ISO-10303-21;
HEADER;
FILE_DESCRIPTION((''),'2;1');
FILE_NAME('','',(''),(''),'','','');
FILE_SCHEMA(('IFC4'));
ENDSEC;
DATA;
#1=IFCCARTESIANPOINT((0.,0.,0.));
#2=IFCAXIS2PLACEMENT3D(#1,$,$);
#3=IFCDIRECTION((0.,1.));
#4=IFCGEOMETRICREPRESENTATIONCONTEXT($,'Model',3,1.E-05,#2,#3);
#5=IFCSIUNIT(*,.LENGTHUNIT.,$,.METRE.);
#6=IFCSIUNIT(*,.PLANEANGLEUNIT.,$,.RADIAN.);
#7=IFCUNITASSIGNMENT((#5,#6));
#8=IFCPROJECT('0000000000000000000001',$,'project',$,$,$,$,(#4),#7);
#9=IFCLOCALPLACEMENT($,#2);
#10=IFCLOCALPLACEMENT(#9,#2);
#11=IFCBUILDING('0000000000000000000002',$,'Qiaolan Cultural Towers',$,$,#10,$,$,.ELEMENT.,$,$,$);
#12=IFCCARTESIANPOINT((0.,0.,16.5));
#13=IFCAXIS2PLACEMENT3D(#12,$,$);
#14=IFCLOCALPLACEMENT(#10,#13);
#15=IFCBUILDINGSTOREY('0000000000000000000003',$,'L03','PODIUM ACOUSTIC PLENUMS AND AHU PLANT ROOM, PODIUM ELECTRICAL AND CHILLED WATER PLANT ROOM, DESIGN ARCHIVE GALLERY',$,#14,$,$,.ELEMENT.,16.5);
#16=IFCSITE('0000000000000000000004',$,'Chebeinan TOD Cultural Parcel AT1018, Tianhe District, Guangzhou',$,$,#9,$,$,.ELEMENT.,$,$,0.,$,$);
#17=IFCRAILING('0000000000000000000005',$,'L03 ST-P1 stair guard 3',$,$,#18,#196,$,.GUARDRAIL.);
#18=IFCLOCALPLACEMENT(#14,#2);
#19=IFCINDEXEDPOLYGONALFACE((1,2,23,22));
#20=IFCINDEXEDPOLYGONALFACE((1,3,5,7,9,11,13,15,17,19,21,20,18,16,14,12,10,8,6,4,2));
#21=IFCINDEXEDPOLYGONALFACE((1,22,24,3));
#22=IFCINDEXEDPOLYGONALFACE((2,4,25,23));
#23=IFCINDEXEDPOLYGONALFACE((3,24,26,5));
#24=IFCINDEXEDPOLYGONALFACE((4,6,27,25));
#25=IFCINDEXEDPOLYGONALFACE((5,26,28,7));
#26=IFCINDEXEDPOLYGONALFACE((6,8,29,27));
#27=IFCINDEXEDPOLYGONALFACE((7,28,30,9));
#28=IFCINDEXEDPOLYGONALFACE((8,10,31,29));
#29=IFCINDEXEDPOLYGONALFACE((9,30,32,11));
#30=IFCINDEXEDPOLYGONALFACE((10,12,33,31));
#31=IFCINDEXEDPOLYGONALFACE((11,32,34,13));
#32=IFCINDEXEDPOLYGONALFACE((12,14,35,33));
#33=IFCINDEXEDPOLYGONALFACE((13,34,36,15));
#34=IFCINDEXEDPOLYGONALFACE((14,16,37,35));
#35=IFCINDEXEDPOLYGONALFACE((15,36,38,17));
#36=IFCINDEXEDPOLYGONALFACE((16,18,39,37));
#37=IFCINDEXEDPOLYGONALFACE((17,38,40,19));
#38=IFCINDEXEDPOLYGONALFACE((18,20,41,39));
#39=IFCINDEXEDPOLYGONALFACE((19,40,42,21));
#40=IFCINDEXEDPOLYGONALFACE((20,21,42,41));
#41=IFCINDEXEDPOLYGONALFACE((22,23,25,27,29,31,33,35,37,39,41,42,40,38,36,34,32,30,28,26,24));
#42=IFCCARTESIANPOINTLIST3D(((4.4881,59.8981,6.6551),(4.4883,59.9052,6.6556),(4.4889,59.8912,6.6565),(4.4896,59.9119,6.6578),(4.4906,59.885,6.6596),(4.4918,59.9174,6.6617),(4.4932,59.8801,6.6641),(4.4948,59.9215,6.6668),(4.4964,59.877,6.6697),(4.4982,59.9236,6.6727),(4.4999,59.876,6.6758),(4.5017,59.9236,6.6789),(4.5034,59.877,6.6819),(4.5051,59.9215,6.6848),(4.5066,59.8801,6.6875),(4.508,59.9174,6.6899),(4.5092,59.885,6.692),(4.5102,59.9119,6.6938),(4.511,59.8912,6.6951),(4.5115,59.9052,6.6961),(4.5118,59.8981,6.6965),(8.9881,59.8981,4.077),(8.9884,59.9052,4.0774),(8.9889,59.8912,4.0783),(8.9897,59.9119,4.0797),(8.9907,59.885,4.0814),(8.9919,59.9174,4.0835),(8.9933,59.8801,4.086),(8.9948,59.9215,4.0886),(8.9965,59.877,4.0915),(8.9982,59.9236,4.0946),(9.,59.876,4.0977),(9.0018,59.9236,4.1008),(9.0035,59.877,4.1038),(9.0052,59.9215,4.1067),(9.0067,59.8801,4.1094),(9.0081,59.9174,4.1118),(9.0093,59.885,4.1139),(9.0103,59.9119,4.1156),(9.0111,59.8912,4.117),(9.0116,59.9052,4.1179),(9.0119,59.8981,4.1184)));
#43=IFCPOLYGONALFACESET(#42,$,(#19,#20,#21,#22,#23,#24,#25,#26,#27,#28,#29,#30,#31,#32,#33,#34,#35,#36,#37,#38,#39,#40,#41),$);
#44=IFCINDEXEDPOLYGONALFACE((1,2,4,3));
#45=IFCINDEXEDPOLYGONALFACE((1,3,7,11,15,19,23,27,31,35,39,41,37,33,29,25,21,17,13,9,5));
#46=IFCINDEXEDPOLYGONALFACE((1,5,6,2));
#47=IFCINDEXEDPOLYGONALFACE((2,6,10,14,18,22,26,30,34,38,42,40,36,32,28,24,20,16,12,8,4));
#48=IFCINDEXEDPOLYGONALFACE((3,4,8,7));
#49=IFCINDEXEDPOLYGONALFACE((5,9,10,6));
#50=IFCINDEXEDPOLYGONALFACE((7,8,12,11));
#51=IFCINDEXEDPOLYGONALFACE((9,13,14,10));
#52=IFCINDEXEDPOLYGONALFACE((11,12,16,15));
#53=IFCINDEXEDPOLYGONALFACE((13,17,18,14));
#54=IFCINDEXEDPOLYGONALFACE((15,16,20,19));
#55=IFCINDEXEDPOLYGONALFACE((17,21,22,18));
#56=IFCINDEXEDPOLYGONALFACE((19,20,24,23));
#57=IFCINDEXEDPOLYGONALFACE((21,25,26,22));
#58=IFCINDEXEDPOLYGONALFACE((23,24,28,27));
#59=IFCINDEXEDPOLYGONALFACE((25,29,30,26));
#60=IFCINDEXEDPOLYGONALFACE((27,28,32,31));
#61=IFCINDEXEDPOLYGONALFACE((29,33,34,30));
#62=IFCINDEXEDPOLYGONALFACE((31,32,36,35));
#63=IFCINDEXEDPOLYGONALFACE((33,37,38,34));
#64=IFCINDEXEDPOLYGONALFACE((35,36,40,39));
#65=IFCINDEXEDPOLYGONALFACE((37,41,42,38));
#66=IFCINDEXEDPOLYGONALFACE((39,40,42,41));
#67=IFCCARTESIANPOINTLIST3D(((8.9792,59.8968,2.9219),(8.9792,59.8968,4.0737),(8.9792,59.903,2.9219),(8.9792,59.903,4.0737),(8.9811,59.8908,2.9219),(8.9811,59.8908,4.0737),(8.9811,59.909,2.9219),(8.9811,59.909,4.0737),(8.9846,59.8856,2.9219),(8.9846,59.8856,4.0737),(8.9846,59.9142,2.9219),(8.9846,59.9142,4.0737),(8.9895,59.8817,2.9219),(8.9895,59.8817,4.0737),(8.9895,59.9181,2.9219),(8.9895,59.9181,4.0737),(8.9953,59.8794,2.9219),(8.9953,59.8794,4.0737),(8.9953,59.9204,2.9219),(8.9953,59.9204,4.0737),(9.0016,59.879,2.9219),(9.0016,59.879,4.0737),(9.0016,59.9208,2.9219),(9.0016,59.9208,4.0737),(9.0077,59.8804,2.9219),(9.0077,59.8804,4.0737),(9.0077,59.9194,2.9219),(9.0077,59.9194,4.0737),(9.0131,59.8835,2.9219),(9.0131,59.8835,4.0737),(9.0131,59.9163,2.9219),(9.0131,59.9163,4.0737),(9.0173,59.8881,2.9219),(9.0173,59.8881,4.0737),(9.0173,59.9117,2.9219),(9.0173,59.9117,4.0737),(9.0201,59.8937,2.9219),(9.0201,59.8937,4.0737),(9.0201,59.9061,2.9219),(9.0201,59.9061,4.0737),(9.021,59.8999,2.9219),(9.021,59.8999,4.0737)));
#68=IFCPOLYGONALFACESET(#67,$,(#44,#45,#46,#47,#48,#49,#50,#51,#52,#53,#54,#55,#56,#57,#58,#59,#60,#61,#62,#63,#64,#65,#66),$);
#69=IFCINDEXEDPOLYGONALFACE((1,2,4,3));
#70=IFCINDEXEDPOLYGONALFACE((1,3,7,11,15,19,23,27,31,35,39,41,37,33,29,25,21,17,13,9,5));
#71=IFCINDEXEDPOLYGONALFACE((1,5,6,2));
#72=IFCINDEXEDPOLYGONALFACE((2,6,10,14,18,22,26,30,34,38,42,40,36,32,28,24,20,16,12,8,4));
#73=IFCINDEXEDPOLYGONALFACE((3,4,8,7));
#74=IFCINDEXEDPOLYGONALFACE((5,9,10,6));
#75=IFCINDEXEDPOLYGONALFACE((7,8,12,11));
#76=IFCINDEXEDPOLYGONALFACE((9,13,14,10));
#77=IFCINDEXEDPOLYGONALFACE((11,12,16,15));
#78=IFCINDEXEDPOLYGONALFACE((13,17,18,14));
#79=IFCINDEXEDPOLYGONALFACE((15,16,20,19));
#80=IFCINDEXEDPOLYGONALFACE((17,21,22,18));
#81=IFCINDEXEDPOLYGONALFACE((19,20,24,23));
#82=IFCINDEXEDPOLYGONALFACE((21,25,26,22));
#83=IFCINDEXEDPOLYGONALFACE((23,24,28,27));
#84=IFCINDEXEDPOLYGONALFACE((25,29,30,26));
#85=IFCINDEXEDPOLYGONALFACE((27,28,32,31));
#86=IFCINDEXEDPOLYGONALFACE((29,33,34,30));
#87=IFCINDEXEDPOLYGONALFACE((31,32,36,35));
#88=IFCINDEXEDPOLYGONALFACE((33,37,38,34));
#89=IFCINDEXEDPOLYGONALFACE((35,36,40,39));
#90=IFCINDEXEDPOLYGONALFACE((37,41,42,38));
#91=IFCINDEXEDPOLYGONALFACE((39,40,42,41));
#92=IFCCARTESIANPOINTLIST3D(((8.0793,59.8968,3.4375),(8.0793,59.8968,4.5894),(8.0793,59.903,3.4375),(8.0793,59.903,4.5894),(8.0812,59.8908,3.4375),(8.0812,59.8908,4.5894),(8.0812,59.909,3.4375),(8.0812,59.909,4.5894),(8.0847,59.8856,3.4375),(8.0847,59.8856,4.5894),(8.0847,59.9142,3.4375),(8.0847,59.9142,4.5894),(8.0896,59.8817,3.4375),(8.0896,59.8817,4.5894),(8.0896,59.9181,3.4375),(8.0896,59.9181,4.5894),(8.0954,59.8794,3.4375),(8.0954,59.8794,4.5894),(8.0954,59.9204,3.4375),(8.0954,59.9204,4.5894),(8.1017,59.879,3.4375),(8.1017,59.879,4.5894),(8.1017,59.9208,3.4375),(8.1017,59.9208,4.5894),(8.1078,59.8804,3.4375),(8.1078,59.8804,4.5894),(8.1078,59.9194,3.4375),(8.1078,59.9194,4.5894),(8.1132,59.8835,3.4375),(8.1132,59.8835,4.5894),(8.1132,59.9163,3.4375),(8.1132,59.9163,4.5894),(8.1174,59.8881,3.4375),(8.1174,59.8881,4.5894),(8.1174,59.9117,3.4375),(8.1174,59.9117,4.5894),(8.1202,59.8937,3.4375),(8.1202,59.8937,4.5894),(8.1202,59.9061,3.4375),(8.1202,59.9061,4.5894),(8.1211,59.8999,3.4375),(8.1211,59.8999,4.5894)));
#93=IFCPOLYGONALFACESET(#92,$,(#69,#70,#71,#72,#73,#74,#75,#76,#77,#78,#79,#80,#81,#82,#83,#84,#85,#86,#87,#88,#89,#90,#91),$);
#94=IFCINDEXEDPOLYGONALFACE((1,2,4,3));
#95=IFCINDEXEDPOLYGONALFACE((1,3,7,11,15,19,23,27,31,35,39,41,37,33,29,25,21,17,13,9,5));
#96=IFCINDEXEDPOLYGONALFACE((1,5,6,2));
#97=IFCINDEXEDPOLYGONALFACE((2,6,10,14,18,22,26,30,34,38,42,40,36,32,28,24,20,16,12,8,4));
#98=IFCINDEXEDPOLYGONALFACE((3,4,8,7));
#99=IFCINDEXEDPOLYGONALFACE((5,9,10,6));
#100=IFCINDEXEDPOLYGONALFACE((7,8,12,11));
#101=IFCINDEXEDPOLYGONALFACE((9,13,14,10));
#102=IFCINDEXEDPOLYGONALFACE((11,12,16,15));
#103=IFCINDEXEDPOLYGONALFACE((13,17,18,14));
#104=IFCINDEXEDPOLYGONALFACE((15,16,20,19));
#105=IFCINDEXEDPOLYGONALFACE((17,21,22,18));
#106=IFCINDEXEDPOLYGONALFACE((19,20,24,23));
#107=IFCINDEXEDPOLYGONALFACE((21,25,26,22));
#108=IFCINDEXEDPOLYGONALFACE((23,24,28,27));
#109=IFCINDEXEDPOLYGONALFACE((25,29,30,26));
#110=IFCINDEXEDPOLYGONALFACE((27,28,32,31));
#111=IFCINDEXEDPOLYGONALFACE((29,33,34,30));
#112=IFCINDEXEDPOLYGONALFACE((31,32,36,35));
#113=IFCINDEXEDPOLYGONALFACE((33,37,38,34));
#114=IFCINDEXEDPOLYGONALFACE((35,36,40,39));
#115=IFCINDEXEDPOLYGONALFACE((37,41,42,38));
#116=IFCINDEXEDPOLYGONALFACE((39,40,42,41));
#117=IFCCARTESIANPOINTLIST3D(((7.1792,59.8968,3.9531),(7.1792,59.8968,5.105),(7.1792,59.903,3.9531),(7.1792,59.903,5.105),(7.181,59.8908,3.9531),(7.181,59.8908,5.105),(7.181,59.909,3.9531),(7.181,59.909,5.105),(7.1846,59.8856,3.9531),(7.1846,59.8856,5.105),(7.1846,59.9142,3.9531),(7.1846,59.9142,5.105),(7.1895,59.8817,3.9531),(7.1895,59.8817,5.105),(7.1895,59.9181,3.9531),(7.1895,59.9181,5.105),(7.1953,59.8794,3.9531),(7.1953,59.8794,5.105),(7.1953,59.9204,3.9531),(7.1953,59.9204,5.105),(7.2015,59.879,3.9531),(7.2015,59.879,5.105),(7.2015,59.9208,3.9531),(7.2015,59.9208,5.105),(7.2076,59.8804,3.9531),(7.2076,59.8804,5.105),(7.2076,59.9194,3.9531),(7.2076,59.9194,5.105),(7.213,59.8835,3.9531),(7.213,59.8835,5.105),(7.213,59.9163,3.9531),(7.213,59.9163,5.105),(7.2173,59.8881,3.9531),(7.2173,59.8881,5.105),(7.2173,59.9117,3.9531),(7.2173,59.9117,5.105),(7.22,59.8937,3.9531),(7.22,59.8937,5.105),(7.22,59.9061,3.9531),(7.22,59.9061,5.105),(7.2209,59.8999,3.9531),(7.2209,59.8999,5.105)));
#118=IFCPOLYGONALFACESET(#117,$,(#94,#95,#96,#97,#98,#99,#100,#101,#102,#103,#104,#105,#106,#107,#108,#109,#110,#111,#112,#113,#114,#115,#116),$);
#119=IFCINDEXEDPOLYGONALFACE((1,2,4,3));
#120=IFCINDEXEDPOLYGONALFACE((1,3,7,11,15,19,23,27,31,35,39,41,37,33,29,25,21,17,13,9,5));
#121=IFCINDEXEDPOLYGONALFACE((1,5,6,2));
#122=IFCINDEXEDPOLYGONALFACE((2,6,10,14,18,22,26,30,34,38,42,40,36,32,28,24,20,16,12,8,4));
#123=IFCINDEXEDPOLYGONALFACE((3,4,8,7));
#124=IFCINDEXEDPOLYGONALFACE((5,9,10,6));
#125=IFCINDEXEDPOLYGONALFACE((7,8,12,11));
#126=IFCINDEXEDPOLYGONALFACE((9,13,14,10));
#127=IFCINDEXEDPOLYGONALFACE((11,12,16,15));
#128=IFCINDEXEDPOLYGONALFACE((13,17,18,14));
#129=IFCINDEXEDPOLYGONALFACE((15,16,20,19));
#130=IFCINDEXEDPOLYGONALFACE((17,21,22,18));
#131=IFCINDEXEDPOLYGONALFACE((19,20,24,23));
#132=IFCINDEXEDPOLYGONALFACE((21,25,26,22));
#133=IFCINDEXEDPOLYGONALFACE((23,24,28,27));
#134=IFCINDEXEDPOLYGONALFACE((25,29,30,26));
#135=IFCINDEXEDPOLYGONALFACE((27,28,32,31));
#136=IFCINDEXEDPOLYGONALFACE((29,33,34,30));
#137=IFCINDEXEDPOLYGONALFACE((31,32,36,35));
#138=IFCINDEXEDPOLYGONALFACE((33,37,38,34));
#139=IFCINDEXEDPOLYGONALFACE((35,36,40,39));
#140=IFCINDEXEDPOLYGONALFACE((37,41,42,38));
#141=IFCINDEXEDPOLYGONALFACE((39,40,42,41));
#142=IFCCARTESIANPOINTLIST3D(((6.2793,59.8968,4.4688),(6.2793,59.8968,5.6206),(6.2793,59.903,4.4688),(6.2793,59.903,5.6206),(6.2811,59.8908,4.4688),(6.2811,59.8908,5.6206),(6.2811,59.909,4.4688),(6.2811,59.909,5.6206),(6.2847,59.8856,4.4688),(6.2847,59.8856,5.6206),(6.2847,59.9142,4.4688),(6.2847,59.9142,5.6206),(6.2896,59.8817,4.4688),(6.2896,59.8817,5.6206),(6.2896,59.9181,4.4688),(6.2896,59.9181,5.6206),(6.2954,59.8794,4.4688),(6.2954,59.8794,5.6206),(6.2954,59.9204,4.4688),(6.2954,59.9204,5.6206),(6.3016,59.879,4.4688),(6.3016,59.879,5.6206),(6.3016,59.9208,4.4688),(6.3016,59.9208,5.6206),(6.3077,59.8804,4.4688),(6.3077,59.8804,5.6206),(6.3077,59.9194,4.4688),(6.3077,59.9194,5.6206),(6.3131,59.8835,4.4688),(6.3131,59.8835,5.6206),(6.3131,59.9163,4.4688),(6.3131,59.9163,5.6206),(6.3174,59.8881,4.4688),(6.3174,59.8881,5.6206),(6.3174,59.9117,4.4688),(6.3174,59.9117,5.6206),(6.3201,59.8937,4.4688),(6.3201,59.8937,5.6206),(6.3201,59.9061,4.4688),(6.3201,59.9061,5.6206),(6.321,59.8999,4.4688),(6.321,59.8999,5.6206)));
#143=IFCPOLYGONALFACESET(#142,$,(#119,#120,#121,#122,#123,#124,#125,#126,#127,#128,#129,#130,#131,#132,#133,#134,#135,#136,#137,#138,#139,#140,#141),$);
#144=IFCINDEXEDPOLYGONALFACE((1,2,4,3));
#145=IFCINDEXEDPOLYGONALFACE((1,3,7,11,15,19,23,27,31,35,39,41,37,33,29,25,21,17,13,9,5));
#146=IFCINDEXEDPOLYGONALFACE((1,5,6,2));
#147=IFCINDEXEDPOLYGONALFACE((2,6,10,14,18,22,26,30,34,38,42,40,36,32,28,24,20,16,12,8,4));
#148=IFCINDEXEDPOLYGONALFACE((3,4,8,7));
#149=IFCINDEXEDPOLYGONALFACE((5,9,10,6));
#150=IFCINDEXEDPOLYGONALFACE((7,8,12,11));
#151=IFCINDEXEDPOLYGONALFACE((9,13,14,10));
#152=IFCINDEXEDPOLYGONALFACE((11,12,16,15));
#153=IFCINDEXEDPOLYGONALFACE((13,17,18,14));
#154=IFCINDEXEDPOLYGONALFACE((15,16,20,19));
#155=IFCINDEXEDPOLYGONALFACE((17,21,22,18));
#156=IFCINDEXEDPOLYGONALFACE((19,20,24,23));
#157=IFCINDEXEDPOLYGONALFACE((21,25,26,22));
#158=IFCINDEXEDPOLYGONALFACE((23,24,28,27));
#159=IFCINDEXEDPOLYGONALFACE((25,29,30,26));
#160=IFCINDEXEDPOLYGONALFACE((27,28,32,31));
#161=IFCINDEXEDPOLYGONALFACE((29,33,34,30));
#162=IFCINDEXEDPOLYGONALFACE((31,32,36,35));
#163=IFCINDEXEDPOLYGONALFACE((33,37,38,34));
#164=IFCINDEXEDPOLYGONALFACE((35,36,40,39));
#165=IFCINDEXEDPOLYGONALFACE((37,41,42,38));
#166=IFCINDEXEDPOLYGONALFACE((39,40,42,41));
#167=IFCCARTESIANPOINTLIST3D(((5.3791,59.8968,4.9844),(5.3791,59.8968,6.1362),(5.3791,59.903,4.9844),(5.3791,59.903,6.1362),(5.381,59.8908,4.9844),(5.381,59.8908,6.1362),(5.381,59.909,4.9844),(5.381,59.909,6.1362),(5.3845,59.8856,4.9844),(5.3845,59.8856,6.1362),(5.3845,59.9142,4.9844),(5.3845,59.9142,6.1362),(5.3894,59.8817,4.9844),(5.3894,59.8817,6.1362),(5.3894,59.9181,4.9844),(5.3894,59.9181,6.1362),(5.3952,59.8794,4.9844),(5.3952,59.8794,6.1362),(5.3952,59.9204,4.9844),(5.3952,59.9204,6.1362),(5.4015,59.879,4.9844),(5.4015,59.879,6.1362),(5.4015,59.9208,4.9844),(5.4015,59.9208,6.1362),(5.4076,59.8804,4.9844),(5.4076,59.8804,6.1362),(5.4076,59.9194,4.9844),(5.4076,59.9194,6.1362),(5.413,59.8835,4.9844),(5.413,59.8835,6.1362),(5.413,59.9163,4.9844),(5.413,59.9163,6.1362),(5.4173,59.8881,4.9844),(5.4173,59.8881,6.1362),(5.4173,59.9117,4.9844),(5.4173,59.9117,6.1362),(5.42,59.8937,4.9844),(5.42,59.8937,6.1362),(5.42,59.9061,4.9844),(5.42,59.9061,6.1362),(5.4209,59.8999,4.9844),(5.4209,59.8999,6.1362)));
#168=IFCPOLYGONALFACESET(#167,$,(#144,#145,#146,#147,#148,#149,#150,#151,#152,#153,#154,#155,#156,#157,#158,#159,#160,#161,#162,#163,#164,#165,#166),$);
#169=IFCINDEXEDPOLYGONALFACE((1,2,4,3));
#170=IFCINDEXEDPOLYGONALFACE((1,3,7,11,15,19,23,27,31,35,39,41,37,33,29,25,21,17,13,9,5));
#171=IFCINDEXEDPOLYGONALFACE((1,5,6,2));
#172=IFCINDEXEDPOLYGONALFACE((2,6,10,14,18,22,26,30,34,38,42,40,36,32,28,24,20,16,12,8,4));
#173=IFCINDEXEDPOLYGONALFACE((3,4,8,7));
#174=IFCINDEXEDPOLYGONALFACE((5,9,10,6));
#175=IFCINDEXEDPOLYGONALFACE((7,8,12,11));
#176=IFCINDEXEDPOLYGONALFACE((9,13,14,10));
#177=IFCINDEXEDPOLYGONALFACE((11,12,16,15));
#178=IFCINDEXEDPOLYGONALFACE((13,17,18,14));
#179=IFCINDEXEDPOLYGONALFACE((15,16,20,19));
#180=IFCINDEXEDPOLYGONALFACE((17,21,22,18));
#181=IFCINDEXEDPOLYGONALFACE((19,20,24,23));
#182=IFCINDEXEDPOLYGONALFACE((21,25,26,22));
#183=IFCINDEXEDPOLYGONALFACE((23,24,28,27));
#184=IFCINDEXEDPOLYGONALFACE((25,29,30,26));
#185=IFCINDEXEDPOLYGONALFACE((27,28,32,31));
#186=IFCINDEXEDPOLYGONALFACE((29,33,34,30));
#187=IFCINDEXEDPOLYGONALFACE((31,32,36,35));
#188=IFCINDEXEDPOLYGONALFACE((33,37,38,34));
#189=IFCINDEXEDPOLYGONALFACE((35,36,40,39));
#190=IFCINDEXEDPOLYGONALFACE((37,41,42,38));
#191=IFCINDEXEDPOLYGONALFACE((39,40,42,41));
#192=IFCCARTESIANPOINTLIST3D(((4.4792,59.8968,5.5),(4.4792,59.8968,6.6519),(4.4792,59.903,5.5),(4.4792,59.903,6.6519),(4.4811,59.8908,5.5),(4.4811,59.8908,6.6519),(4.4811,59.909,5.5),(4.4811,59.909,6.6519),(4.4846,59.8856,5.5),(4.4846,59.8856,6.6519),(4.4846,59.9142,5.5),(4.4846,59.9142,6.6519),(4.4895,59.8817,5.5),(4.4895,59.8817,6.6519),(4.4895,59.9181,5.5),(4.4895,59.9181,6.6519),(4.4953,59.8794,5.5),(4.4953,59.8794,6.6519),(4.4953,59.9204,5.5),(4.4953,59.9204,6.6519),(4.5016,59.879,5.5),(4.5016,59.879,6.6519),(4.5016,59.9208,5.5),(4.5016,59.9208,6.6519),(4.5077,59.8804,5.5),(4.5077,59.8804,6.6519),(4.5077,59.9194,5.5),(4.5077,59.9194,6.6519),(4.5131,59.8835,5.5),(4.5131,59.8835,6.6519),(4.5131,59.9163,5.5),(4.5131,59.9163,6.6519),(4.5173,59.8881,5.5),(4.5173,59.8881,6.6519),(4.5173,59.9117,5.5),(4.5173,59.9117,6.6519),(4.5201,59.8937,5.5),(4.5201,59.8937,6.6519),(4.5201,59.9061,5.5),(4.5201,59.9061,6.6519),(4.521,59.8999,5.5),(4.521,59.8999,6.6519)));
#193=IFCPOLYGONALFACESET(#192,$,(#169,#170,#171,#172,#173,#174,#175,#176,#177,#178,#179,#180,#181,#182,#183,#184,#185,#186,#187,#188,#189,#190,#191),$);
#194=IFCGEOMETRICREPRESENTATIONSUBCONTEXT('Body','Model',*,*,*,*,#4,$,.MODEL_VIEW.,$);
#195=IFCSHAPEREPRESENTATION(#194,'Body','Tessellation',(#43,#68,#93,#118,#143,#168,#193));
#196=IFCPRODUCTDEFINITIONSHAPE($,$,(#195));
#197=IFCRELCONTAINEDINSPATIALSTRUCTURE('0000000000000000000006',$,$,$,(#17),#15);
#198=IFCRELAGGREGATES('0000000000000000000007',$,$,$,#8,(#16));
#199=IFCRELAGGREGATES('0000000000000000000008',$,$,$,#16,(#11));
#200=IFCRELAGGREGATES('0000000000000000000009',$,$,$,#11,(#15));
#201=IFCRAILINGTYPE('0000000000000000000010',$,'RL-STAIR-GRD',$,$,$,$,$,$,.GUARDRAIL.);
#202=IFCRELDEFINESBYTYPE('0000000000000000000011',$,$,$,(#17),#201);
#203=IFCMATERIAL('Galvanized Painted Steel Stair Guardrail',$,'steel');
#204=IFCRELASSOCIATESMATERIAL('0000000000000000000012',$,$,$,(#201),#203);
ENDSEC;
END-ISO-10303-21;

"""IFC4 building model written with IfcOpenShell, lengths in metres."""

from ifc_helpers import new_model, si_unit, direction, frame, origin, origin_2d, place, context, subcontext, project, spatial, circle, extrude, material, type_object, element, save


model = new_model("IFC4")

# Units and contexts
model_context = context("Model", 3, precision=1e-05, world=origin(), true_north=direction((0.0, 1.0)))
body_context = subcontext(model_context, "Body", "Model", "MODEL_VIEW")
ifc_project = project(units=[si_unit("LENGTHUNIT", "METRE"), si_unit("PLANEANGLEUNIT", "RADIAN")], contexts=[model_context])

# Site, building, storey
site_placement = place(None, origin())
site = spatial("IfcSite", under=ifc_project, at=site_placement, Name="Chebeinan TOD Cultural Parcel AT1018, Tianhe District, Guangzhou", CompositionType="ELEMENT", RefElevation=0.0)
building_placement = place(site_placement, origin())
building = spatial("IfcBuilding", under=site, at=building_placement, Name="Qiaolan Cultural Towers", CompositionType="ELEMENT")
storey_placement = place(building_placement, frame((0.0, 0.0, 16.5)))
storey = spatial("IfcBuildingStorey", under=building, at=storey_placement, Name="L03", Description="PODIUM ACOUSTIC PLENUMS AND AHU PLANT ROOM, PODIUM ELECTRICAL AND CHILLED WATER PLANT ROOM, DESIGN ARCHIVE GALLERY", CompositionType="ELEMENT", Elevation=16.5)

# Railing
ifc_material_1 = material(Name="Galvanized Painted Steel Stair Guardrail", Category="steel")
railing_type_1 = type_object("IfcRailingType", Name="RL-STAIR-GRD", PredefinedType="GUARDRAIL", material=ifc_material_1)
railing_1_placement = place(storey_placement, frame((9.0, 59.8999, 2.9219)))
element("IfcRailing", 1, at=railing_1_placement, inside=storey, type_object=railing_type_1, Name="L03 ST-P1 stair guard 3", PredefinedType="GUARDRAIL", context=body_context, shape_type="SweptSolid", body=[
    extrude(circle(Radius=0.0239, at=origin_2d()), frame((0.0, 0.0, 1.1758), z_axis=(-0.867686, 0.0, 0.497112), x_axis=(0.0, -1.0, 0.0)), (0.0, 0.0, 1.0), 5.1863),
    extrude(circle(Radius=0.021, at=origin_2d()), origin(), (0.0, 0.0, 1.0), 1.1519),
    extrude(circle(Radius=0.021, at=origin_2d()), frame((-0.8999, 0.0, 0.5156)), (0.0, 0.0, 1.0), 1.1519),
    extrude(circle(Radius=0.021, at=origin_2d()), frame((-1.8, 0.0, 1.0312)), (0.0, 0.0, 1.0), 1.1519),
    extrude(circle(Radius=0.021, at=origin_2d()), frame((-2.7, 0.0, 1.5469)), (0.0, 0.0, 1.0), 1.1519),
    extrude(circle(Radius=0.021, at=origin_2d()), frame((-3.6001, 0.0, 2.0625)), (0.0, 0.0, 1.0), 1.1519),
    extrude(circle(Radius=0.021, at=origin_2d()), frame((-4.5, 0.0, 2.5781)), (0.0, 0.0, 1.0), 1.1519),
])

save(model, "model.ifc")
